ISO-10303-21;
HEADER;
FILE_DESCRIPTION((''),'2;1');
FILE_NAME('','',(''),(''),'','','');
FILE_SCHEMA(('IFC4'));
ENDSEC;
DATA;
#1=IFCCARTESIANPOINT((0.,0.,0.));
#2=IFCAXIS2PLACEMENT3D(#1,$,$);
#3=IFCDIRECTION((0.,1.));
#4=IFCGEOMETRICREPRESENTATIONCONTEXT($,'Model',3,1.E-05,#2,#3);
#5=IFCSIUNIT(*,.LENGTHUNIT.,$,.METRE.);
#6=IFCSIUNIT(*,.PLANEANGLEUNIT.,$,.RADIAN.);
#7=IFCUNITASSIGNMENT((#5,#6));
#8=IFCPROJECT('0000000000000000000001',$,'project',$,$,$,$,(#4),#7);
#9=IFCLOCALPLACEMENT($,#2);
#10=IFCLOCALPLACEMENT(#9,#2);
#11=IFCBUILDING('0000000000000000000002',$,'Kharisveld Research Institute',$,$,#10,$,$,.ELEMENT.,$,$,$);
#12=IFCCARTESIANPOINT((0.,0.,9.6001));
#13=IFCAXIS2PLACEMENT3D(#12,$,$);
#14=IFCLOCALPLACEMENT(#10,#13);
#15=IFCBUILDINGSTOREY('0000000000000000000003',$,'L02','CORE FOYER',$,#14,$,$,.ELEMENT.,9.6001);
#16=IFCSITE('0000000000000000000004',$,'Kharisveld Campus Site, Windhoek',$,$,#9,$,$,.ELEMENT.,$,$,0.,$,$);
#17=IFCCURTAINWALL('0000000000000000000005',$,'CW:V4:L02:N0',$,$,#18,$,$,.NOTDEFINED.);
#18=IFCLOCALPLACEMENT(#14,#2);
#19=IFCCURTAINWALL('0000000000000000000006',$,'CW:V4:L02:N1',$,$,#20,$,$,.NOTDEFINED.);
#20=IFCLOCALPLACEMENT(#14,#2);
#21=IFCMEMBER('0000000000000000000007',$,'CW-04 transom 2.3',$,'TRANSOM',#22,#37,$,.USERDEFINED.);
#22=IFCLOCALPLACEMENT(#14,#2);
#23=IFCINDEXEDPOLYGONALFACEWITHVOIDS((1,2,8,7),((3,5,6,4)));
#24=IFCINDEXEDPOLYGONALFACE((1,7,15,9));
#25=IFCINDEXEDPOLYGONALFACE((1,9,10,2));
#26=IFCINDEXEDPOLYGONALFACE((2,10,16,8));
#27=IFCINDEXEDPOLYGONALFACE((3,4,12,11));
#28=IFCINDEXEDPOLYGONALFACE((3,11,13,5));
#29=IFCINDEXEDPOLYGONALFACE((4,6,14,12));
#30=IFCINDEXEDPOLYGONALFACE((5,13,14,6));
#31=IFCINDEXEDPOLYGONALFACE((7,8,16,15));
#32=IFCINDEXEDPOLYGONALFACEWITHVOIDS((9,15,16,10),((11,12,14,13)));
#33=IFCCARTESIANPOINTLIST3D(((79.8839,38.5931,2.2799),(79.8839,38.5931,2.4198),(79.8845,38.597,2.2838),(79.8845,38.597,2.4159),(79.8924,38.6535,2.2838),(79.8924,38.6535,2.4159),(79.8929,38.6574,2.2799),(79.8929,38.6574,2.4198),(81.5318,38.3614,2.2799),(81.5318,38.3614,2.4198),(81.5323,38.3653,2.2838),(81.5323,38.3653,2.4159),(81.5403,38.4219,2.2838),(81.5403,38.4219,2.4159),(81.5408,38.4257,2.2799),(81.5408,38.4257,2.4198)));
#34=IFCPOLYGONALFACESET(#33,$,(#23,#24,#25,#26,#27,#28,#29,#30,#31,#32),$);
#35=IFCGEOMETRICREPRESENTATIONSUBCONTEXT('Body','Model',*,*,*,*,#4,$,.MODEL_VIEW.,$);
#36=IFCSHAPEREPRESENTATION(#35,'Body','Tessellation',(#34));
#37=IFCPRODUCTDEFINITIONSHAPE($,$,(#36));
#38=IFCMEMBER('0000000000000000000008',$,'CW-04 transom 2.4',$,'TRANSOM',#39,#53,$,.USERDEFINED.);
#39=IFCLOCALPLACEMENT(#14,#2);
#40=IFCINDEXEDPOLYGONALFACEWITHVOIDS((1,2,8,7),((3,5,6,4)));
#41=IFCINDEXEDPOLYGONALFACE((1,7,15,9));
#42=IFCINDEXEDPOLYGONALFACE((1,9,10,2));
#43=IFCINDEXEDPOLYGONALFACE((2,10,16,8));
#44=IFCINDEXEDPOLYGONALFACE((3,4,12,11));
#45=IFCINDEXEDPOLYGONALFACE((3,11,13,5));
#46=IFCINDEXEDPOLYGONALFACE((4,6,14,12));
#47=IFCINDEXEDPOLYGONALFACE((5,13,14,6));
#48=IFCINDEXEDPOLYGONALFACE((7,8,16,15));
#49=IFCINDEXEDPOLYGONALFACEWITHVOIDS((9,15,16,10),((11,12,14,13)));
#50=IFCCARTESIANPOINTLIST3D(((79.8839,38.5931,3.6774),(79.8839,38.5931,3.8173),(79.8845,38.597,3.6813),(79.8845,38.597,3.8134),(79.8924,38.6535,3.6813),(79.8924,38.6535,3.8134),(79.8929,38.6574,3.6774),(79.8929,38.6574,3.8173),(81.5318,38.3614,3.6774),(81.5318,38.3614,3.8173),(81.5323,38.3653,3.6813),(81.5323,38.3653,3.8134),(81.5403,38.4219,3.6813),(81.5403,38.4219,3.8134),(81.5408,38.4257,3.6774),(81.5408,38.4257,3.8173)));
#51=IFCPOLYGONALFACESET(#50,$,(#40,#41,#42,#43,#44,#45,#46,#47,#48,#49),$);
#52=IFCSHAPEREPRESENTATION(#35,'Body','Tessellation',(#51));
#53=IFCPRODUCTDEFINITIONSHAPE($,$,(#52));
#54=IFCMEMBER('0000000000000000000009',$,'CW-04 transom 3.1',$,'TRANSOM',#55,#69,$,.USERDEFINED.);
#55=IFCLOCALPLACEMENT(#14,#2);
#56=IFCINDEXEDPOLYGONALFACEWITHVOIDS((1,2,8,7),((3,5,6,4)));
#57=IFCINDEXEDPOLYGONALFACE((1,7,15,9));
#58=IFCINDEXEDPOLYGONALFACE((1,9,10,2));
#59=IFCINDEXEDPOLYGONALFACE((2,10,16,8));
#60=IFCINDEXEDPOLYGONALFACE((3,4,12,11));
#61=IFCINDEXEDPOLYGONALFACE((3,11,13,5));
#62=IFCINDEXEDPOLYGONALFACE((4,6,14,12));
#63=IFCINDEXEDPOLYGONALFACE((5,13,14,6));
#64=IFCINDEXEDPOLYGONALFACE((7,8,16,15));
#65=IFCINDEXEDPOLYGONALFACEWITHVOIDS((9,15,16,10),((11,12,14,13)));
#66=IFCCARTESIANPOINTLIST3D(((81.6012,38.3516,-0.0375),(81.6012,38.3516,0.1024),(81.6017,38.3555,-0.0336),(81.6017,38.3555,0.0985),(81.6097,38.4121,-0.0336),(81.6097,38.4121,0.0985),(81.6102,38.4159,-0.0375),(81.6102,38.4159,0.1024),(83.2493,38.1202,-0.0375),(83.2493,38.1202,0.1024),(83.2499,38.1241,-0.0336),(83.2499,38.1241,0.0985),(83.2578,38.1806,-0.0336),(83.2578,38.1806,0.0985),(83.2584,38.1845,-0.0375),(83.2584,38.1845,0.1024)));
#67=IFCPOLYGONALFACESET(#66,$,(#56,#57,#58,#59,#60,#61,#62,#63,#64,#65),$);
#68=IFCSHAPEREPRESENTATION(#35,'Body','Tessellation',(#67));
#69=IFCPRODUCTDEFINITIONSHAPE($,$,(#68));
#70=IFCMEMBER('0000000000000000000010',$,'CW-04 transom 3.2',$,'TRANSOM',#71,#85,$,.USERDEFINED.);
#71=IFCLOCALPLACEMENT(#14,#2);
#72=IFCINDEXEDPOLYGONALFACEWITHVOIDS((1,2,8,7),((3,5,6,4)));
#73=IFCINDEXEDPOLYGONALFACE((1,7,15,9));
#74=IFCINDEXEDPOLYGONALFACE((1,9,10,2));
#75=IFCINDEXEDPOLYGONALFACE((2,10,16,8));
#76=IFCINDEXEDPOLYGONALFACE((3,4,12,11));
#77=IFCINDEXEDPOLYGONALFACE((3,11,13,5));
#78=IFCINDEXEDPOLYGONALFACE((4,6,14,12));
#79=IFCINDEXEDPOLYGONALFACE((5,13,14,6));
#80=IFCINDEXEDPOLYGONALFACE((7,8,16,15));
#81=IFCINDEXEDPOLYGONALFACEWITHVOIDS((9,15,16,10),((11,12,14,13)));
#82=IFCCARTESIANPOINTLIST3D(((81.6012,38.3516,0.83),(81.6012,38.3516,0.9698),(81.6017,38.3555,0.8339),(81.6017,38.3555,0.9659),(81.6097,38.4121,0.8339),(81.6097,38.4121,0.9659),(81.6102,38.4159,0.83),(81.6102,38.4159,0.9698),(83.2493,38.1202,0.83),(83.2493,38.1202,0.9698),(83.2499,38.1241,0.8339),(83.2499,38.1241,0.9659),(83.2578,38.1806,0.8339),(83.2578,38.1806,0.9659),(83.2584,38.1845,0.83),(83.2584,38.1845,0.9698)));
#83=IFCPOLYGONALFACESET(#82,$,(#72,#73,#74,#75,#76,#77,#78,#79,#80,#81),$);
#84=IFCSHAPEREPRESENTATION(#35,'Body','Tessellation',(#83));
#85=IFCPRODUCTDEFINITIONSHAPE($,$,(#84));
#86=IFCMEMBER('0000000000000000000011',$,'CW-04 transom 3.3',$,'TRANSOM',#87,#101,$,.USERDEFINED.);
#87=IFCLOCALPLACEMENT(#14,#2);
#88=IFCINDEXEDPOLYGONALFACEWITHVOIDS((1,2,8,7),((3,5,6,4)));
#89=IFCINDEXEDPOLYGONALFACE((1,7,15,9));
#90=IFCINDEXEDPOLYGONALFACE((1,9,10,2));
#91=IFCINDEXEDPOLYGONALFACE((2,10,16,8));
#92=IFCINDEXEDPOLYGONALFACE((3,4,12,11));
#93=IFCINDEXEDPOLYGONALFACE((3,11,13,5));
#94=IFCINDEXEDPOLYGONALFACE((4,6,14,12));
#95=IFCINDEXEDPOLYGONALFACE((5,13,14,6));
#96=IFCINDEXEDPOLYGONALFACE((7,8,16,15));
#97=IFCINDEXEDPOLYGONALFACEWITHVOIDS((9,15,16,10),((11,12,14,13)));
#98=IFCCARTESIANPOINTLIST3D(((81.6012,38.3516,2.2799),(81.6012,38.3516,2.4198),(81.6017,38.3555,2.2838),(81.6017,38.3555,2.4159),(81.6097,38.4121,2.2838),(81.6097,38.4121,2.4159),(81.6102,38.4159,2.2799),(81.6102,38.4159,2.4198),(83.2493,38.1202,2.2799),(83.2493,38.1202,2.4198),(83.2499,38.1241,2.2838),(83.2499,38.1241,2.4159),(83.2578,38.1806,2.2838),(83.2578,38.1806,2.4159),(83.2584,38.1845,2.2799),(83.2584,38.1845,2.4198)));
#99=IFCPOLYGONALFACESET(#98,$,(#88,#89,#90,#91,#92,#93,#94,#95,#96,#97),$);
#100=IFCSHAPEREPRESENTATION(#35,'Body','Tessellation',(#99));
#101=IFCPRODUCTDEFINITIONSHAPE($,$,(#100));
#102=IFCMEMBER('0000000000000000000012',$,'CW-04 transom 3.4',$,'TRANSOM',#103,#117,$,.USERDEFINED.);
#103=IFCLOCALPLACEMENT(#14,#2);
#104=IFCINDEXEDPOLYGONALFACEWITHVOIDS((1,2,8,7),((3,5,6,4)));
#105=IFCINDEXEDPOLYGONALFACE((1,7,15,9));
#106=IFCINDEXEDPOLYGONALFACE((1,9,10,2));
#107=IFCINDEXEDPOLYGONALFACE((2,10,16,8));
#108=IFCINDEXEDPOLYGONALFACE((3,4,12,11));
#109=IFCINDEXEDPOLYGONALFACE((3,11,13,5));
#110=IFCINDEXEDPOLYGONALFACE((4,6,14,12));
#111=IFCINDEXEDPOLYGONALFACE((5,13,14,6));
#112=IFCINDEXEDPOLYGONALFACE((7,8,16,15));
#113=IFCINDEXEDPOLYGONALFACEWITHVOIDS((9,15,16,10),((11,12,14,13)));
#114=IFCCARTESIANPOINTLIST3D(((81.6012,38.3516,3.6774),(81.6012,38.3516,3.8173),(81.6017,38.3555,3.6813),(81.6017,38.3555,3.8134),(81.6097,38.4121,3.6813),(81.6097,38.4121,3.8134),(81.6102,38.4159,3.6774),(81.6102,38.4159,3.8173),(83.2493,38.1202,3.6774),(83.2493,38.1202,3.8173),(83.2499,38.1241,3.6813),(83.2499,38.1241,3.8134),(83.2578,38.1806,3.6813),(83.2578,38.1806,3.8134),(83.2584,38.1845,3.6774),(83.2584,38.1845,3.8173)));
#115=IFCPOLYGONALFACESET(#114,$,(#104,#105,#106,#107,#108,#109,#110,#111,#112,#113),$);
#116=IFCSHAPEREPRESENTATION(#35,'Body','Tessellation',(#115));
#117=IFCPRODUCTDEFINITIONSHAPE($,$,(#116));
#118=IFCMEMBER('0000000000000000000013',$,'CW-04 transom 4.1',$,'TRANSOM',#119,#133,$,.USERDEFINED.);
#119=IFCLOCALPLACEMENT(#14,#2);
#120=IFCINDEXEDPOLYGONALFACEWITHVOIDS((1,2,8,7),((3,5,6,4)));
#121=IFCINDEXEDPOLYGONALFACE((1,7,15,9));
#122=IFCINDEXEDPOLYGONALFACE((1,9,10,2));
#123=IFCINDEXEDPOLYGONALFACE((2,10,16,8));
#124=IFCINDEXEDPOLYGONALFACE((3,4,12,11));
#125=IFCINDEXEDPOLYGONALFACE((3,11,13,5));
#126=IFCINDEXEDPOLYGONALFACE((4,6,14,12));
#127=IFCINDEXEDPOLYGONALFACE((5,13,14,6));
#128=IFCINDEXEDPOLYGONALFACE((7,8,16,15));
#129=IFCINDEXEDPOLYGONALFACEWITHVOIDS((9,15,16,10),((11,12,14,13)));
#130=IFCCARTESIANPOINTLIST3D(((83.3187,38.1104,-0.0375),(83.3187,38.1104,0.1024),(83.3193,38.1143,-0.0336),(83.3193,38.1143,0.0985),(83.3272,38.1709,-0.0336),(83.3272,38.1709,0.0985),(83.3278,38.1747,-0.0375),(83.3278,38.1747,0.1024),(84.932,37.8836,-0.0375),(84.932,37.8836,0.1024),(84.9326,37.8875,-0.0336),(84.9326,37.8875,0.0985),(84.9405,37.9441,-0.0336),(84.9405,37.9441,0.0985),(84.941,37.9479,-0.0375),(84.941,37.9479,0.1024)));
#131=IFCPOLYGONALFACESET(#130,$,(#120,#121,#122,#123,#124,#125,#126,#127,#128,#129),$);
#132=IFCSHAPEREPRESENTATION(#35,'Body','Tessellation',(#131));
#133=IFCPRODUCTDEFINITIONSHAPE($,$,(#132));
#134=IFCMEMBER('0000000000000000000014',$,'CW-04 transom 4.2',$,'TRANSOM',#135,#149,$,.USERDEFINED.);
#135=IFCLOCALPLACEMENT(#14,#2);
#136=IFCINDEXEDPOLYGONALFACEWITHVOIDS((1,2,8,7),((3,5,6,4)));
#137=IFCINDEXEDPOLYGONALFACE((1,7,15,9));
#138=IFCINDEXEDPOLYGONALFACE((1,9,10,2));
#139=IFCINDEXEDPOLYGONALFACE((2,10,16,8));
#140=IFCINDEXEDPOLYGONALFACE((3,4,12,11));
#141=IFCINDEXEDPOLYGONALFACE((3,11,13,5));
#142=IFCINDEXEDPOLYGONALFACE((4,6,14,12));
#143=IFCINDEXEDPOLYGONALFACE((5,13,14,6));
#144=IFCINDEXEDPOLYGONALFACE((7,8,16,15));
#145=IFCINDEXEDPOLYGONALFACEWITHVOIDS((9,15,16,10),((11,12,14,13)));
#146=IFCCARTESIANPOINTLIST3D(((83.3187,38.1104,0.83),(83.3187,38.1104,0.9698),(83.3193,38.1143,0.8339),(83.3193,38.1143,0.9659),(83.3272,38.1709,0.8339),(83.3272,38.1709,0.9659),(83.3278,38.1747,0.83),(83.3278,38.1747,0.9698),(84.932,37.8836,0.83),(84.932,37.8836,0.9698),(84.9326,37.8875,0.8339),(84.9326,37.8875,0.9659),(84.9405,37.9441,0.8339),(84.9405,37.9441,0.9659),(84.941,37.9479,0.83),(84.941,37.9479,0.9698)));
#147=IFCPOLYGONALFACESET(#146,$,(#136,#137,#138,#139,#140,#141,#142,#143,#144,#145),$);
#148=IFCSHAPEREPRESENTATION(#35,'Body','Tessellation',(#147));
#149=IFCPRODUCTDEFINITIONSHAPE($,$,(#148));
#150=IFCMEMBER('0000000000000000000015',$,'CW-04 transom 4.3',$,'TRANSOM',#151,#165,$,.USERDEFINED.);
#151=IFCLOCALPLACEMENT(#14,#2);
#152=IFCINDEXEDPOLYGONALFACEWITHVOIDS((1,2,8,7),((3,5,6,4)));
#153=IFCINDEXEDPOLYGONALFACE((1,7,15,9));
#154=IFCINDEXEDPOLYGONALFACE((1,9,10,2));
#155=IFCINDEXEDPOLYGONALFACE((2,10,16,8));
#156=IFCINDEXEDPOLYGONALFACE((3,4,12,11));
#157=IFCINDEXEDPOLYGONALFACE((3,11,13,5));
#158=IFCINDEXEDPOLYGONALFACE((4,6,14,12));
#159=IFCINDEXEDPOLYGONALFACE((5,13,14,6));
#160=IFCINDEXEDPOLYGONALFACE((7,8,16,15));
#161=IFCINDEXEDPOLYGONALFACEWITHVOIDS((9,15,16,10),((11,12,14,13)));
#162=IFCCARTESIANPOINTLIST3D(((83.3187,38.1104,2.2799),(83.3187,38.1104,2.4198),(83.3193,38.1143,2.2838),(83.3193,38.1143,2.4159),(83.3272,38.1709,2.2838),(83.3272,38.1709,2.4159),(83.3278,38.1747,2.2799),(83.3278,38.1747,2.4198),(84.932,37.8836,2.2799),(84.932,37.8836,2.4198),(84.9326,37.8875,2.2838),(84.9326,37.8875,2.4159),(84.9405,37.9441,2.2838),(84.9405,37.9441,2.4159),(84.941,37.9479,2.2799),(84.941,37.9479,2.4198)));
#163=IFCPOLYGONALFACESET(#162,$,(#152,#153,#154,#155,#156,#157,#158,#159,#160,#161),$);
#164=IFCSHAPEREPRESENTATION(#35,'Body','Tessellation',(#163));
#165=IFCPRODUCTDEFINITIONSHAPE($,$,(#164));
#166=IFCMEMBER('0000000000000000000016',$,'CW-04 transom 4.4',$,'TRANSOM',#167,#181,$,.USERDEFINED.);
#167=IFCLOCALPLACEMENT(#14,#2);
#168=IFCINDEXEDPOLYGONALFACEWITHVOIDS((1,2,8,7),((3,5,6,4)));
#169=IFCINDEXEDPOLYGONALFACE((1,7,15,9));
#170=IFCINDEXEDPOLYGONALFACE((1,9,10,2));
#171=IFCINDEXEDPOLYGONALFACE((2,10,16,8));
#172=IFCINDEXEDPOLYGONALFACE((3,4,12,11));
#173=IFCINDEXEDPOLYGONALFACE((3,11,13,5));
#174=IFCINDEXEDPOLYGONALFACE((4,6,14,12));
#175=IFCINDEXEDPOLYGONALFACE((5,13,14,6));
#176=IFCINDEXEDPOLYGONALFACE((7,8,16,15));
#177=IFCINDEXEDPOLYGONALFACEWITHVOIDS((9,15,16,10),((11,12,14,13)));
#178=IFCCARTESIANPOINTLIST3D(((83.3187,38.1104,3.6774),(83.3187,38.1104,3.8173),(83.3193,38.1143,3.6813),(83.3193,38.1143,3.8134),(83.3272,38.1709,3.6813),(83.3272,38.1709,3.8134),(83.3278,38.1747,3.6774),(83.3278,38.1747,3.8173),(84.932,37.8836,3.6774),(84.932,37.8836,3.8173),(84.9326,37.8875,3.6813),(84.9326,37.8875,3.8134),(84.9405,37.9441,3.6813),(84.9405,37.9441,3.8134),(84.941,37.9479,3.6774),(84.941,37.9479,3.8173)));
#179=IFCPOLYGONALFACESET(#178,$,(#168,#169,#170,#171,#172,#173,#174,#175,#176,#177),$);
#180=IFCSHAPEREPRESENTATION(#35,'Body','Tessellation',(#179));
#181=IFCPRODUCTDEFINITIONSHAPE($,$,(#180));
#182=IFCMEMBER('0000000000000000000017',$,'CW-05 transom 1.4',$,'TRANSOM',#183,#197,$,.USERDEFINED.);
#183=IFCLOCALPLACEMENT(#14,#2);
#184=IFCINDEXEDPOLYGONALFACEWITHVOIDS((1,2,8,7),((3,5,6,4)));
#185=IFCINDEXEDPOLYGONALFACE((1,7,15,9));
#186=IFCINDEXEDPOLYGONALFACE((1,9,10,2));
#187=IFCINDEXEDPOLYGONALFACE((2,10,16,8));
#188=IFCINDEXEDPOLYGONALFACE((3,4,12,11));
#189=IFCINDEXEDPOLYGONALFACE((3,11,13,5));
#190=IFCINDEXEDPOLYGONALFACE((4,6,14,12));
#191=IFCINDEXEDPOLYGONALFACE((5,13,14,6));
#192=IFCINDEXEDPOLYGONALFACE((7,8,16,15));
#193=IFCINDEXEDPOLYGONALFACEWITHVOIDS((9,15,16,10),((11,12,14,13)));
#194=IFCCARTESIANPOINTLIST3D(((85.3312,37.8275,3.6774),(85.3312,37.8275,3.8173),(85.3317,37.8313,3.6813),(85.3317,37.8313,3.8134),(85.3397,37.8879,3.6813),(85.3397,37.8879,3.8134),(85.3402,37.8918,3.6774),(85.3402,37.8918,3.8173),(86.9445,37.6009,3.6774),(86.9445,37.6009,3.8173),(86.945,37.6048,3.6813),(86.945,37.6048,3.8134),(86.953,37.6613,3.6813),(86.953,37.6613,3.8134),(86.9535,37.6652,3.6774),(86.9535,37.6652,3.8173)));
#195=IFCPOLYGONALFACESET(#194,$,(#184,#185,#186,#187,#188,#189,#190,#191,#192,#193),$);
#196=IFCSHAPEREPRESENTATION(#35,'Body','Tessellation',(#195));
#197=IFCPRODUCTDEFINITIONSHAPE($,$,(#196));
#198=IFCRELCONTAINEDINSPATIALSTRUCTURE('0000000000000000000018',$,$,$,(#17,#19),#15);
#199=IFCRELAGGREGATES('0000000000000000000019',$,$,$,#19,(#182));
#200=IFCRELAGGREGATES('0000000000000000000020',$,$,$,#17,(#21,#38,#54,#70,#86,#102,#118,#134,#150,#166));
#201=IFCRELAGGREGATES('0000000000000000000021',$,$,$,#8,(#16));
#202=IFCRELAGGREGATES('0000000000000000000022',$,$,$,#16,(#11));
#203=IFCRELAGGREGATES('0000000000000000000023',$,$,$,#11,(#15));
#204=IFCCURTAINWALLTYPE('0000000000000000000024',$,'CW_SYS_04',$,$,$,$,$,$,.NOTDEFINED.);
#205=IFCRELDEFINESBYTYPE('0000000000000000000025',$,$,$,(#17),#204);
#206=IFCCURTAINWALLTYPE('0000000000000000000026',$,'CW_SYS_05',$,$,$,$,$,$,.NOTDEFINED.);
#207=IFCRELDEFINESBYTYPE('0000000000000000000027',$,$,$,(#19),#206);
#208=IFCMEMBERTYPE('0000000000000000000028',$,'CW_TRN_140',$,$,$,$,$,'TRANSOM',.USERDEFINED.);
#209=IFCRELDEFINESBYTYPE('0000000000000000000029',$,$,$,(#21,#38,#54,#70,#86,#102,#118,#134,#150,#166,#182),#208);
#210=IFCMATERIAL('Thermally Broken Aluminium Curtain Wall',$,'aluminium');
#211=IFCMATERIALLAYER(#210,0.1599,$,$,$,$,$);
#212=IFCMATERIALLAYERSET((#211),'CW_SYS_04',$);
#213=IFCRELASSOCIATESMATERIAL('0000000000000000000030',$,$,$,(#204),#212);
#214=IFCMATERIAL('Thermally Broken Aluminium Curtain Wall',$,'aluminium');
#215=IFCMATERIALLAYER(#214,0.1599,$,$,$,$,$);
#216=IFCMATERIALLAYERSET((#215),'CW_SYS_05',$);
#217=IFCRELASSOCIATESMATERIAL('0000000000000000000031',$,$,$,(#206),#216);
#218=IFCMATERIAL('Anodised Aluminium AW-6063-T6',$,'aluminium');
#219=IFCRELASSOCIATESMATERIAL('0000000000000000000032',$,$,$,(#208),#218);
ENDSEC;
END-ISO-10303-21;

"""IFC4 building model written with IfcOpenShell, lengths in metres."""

from ifc_helpers import new_model, si_unit, direction, frame, origin, origin_2d, place, context, subcontext, project, spatial, hollow_rectangle, extrude, material, layer, layer_set, material_profile, profile_set, type_object, element, aggregate, save


model = new_model("IFC4")

# Units and contexts
model_context = context("Model", 3, precision=1e-05, world=origin(), true_north=direction((0.0, 1.0)))
body_context = subcontext(model_context, "Body", "Model", "MODEL_VIEW")
ifc_project = project(units=[si_unit("LENGTHUNIT", "METRE"), si_unit("PLANEANGLEUNIT", "RADIAN")], contexts=[model_context])

# Site, building, storey
site_placement = place(None, origin())
site = spatial("IfcSite", under=ifc_project, at=site_placement, Name="Kharisveld Campus Site, Windhoek", CompositionType="ELEMENT", RefElevation=0.0)
building_placement = place(site_placement, origin())
building = spatial("IfcBuilding", under=site, at=building_placement, Name="Kharisveld Research Institute", CompositionType="ELEMENT")
storey_placement = place(building_placement, frame((0.0, 0.0, 9.6001)))
storey = spatial("IfcBuildingStorey", under=building, at=storey_placement, Name="L02", Description="CORE FOYER", CompositionType="ELEMENT", Elevation=9.6001)

# Curtain wall
ifc_material_1 = material(Name="Thermally Broken Aluminium Curtain Wall", Category="aluminium")
ifc_layer_1 = layer(ifc_material_1, 0.1599)
ifc_layer_set_1 = layer_set([ifc_layer_1], Name="CW_SYS_04")
curtain_wall_type_1 = type_object("IfcCurtainWallType", Name="CW_SYS_04", PredefinedType="NOTDEFINED", material=ifc_layer_set_1)
curtain_wall_1_placement = place(storey_placement, origin())
curtain_wall_1 = element("IfcCurtainWall", 1, at=curtain_wall_1_placement, inside=storey, type_object=curtain_wall_type_1, Name="CW:V4:L02:N0", PredefinedType="NOTDEFINED")

# Curtain wall
ifc_material_2 = material(Name="Thermally Broken Aluminium Curtain Wall", Category="aluminium")
ifc_layer_2 = layer(ifc_material_2, 0.1599)
ifc_layer_set_2 = layer_set([ifc_layer_2], Name="CW_SYS_05")
curtain_wall_type_2 = type_object("IfcCurtainWallType", Name="CW_SYS_05", PredefinedType="NOTDEFINED", material=ifc_layer_set_2)
curtain_wall_2_placement = place(storey_placement, origin())
curtain_wall_2 = element("IfcCurtainWall", 2, at=curtain_wall_2_placement, inside=storey, type_object=curtain_wall_type_2, Name="CW:V4:L02:N1", PredefinedType="NOTDEFINED")

# Members
ifc_material_3 = material(Name="Anodised Aluminium AW-6063-T6", Category="aluminium")
ifc_material_profile_1 = material_profile(ifc_material_3, hollow_rectangle(XDim=0.0649, YDim=0.1399, WallThickness=0.0039, at=origin_2d()))
ifc_profile_set_1 = profile_set([ifc_material_profile_1], Name="Anodised Aluminium AW-6063-T6")
member_type_1 = type_object("IfcMemberType", Name="CW_TRN_140", ElementType="TRANSOM", PredefinedType="USERDEFINED", material=ifc_profile_set_1)
member_1_placement = place(storey_placement, frame((79.8884, 38.6252, 2.3499), z_axis=(0.990261, -0.139223, 0.0), x_axis=(0.139223, 0.990261, 0.0)))
member_1 = element("IfcMember", 3, at=member_1_placement, type_object=member_type_1, Name="CW-04 transom 2.3", ObjectType="TRANSOM", PredefinedType="USERDEFINED", context=body_context, shape_type="SweptSolid", body=[
    extrude(hollow_rectangle(XDim=0.0649, YDim=0.1399, WallThickness=0.0039, at=origin_2d()), origin(), (0.0, 0.0, 1.0), 1.6641),
])
member_2_placement = place(storey_placement, frame((79.8884, 38.6252, 3.7473), z_axis=(0.990261, -0.139223, 0.0), x_axis=(0.139223, 0.990261, 0.0)))
member_2 = element("IfcMember", 4, at=member_2_placement, type_object=member_type_1, Name="CW-04 transom 2.4", ObjectType="TRANSOM", PredefinedType="USERDEFINED", context=body_context, shape_type="SweptSolid", body=[
    extrude(hollow_rectangle(XDim=0.0649, YDim=0.1399, WallThickness=0.0039, at=origin_2d()), origin(), (0.0, 0.0, 1.0), 1.6641),
])
member_3_placement = place(storey_placement, frame((81.6057, 38.3838, 0.0325), z_axis=(0.990284, -0.139059, 0.0), x_axis=(0.139059, 0.990284, 0.0)))
member_3 = element("IfcMember", 5, at=member_3_placement, type_object=member_type_1, Name="CW-04 transom 3.1", ObjectType="TRANSOM", PredefinedType="USERDEFINED", context=body_context, shape_type="SweptSolid", body=[
    extrude(hollow_rectangle(XDim=0.0649, YDim=0.1399, WallThickness=0.0039, at=origin_2d()), origin(), (0.0, 0.0, 1.0), 1.6643),
])
member_4_placement = place(storey_placement, frame((81.6057, 38.3838, 0.8999), z_axis=(0.990284, -0.139059, 0.0), x_axis=(0.139059, 0.990284, 0.0)))
member_4 = element("IfcMember", 6, at=member_4_placement, type_object=member_type_1, Name="CW-04 transom 3.2", ObjectType="TRANSOM", PredefinedType="USERDEFINED", context=body_context, shape_type="SweptSolid", body=[
    extrude(hollow_rectangle(XDim=0.0649, YDim=0.1399, WallThickness=0.0039, at=origin_2d()), origin(), (0.0, 0.0, 1.0), 1.6643),
])
member_5_placement = place(storey_placement, frame((81.6057, 38.3838, 2.3499), z_axis=(0.990284, -0.139059, 0.0), x_axis=(0.139059, 0.990284, 0.0)))
member_5 = element("IfcMember", 7, at=member_5_placement, type_object=member_type_1, Name="CW-04 transom 3.3", ObjectType="TRANSOM", PredefinedType="USERDEFINED", context=body_context, shape_type="SweptSolid", body=[
    extrude(hollow_rectangle(XDim=0.0649, YDim=0.1399, WallThickness=0.0039, at=origin_2d()), origin(), (0.0, 0.0, 1.0), 1.6643),
])
member_6_placement = place(storey_placement, frame((81.6057, 38.3838, 3.7473), z_axis=(0.990284, -0.139059, 0.0), x_axis=(0.139059, 0.990284, 0.0)))
member_6 = element("IfcMember", 8, at=member_6_placement, type_object=member_type_1, Name="CW-04 transom 3.4", ObjectType="TRANSOM", PredefinedType="USERDEFINED", context=body_context, shape_type="SweptSolid", body=[
    extrude(hollow_rectangle(XDim=0.0649, YDim=0.1399, WallThickness=0.0039, at=origin_2d()), origin(), (0.0, 0.0, 1.0), 1.6643),
])
member_7_placement = place(storey_placement, frame((83.3232, 38.1426, 0.0325), z_axis=(0.990262, -0.139218, 0.0), x_axis=(0.139218, 0.990262, 0.0)))
member_7 = element("IfcMember", 9, at=member_7_placement, type_object=member_type_1, Name="CW-04 transom 4.1", ObjectType="TRANSOM", PredefinedType="USERDEFINED", context=body_context, shape_type="SweptSolid", body=[
    extrude(hollow_rectangle(XDim=0.0649, YDim=0.1399, WallThickness=0.0039, at=origin_2d()), origin(), (0.0, 0.0, 1.0), 1.6292),
])
member_8_placement = place(storey_placement, frame((83.3232, 38.1426, 0.8999), z_axis=(0.990262, -0.139218, 0.0), x_axis=(0.139218, 0.990262, 0.0)))
member_8 = element("IfcMember", 10, at=member_8_placement, type_object=member_type_1, Name="CW-04 transom 4.2", ObjectType="TRANSOM", PredefinedType="USERDEFINED", context=body_context, shape_type="SweptSolid", body=[
    extrude(hollow_rectangle(XDim=0.0649, YDim=0.1399, WallThickness=0.0039, at=origin_2d()), origin(), (0.0, 0.0, 1.0), 1.6292),
])
member_9_placement = place(storey_placement, frame((83.3232, 38.1426, 2.3499), z_axis=(0.990262, -0.139218, 0.0), x_axis=(0.139218, 0.990262, 0.0)))
member_9 = element("IfcMember", 11, at=member_9_placement, type_object=member_type_1, Name="CW-04 transom 4.3", ObjectType="TRANSOM", PredefinedType="USERDEFINED", context=body_context, shape_type="SweptSolid", body=[
    extrude(hollow_rectangle(XDim=0.0649, YDim=0.1399, WallThickness=0.0039, at=origin_2d()), origin(), (0.0, 0.0, 1.0), 1.6292),
])
member_10_placement = place(storey_placement, frame((83.3232, 38.1426, 3.7473), z_axis=(0.990262, -0.139218, 0.0), x_axis=(0.139218, 0.990262, 0.0)))
member_10 = element("IfcMember", 12, at=member_10_placement, type_object=member_type_1, Name="CW-04 transom 4.4", ObjectType="TRANSOM", PredefinedType="USERDEFINED", context=body_context, shape_type="SweptSolid", body=[
    extrude(hollow_rectangle(XDim=0.0649, YDim=0.1399, WallThickness=0.0039, at=origin_2d()), origin(), (0.0, 0.0, 1.0), 1.6292),
])
member_11_placement = place(storey_placement, frame((85.3357, 37.8596, 3.7473), z_axis=(0.990282, -0.139071, 0.0), x_axis=(0.139071, 0.990282, 0.0)))
member_11 = element("IfcMember", 13, at=member_11_placement, type_object=member_type_1, Name="CW-05 transom 1.4", ObjectType="TRANSOM", PredefinedType="USERDEFINED", context=body_context, shape_type="SweptSolid", body=[
    extrude(hollow_rectangle(XDim=0.0649, YDim=0.1399, WallThickness=0.0039, at=origin_2d()), origin(), (0.0, 0.0, 1.0), 1.6292),
])
aggregate(curtain_wall_2, [member_11])

aggregate(curtain_wall_1, [member_1, member_2, member_3, member_4, member_5, member_6, member_7, member_8, member_9, member_10])

save(model, "model.ifc")
